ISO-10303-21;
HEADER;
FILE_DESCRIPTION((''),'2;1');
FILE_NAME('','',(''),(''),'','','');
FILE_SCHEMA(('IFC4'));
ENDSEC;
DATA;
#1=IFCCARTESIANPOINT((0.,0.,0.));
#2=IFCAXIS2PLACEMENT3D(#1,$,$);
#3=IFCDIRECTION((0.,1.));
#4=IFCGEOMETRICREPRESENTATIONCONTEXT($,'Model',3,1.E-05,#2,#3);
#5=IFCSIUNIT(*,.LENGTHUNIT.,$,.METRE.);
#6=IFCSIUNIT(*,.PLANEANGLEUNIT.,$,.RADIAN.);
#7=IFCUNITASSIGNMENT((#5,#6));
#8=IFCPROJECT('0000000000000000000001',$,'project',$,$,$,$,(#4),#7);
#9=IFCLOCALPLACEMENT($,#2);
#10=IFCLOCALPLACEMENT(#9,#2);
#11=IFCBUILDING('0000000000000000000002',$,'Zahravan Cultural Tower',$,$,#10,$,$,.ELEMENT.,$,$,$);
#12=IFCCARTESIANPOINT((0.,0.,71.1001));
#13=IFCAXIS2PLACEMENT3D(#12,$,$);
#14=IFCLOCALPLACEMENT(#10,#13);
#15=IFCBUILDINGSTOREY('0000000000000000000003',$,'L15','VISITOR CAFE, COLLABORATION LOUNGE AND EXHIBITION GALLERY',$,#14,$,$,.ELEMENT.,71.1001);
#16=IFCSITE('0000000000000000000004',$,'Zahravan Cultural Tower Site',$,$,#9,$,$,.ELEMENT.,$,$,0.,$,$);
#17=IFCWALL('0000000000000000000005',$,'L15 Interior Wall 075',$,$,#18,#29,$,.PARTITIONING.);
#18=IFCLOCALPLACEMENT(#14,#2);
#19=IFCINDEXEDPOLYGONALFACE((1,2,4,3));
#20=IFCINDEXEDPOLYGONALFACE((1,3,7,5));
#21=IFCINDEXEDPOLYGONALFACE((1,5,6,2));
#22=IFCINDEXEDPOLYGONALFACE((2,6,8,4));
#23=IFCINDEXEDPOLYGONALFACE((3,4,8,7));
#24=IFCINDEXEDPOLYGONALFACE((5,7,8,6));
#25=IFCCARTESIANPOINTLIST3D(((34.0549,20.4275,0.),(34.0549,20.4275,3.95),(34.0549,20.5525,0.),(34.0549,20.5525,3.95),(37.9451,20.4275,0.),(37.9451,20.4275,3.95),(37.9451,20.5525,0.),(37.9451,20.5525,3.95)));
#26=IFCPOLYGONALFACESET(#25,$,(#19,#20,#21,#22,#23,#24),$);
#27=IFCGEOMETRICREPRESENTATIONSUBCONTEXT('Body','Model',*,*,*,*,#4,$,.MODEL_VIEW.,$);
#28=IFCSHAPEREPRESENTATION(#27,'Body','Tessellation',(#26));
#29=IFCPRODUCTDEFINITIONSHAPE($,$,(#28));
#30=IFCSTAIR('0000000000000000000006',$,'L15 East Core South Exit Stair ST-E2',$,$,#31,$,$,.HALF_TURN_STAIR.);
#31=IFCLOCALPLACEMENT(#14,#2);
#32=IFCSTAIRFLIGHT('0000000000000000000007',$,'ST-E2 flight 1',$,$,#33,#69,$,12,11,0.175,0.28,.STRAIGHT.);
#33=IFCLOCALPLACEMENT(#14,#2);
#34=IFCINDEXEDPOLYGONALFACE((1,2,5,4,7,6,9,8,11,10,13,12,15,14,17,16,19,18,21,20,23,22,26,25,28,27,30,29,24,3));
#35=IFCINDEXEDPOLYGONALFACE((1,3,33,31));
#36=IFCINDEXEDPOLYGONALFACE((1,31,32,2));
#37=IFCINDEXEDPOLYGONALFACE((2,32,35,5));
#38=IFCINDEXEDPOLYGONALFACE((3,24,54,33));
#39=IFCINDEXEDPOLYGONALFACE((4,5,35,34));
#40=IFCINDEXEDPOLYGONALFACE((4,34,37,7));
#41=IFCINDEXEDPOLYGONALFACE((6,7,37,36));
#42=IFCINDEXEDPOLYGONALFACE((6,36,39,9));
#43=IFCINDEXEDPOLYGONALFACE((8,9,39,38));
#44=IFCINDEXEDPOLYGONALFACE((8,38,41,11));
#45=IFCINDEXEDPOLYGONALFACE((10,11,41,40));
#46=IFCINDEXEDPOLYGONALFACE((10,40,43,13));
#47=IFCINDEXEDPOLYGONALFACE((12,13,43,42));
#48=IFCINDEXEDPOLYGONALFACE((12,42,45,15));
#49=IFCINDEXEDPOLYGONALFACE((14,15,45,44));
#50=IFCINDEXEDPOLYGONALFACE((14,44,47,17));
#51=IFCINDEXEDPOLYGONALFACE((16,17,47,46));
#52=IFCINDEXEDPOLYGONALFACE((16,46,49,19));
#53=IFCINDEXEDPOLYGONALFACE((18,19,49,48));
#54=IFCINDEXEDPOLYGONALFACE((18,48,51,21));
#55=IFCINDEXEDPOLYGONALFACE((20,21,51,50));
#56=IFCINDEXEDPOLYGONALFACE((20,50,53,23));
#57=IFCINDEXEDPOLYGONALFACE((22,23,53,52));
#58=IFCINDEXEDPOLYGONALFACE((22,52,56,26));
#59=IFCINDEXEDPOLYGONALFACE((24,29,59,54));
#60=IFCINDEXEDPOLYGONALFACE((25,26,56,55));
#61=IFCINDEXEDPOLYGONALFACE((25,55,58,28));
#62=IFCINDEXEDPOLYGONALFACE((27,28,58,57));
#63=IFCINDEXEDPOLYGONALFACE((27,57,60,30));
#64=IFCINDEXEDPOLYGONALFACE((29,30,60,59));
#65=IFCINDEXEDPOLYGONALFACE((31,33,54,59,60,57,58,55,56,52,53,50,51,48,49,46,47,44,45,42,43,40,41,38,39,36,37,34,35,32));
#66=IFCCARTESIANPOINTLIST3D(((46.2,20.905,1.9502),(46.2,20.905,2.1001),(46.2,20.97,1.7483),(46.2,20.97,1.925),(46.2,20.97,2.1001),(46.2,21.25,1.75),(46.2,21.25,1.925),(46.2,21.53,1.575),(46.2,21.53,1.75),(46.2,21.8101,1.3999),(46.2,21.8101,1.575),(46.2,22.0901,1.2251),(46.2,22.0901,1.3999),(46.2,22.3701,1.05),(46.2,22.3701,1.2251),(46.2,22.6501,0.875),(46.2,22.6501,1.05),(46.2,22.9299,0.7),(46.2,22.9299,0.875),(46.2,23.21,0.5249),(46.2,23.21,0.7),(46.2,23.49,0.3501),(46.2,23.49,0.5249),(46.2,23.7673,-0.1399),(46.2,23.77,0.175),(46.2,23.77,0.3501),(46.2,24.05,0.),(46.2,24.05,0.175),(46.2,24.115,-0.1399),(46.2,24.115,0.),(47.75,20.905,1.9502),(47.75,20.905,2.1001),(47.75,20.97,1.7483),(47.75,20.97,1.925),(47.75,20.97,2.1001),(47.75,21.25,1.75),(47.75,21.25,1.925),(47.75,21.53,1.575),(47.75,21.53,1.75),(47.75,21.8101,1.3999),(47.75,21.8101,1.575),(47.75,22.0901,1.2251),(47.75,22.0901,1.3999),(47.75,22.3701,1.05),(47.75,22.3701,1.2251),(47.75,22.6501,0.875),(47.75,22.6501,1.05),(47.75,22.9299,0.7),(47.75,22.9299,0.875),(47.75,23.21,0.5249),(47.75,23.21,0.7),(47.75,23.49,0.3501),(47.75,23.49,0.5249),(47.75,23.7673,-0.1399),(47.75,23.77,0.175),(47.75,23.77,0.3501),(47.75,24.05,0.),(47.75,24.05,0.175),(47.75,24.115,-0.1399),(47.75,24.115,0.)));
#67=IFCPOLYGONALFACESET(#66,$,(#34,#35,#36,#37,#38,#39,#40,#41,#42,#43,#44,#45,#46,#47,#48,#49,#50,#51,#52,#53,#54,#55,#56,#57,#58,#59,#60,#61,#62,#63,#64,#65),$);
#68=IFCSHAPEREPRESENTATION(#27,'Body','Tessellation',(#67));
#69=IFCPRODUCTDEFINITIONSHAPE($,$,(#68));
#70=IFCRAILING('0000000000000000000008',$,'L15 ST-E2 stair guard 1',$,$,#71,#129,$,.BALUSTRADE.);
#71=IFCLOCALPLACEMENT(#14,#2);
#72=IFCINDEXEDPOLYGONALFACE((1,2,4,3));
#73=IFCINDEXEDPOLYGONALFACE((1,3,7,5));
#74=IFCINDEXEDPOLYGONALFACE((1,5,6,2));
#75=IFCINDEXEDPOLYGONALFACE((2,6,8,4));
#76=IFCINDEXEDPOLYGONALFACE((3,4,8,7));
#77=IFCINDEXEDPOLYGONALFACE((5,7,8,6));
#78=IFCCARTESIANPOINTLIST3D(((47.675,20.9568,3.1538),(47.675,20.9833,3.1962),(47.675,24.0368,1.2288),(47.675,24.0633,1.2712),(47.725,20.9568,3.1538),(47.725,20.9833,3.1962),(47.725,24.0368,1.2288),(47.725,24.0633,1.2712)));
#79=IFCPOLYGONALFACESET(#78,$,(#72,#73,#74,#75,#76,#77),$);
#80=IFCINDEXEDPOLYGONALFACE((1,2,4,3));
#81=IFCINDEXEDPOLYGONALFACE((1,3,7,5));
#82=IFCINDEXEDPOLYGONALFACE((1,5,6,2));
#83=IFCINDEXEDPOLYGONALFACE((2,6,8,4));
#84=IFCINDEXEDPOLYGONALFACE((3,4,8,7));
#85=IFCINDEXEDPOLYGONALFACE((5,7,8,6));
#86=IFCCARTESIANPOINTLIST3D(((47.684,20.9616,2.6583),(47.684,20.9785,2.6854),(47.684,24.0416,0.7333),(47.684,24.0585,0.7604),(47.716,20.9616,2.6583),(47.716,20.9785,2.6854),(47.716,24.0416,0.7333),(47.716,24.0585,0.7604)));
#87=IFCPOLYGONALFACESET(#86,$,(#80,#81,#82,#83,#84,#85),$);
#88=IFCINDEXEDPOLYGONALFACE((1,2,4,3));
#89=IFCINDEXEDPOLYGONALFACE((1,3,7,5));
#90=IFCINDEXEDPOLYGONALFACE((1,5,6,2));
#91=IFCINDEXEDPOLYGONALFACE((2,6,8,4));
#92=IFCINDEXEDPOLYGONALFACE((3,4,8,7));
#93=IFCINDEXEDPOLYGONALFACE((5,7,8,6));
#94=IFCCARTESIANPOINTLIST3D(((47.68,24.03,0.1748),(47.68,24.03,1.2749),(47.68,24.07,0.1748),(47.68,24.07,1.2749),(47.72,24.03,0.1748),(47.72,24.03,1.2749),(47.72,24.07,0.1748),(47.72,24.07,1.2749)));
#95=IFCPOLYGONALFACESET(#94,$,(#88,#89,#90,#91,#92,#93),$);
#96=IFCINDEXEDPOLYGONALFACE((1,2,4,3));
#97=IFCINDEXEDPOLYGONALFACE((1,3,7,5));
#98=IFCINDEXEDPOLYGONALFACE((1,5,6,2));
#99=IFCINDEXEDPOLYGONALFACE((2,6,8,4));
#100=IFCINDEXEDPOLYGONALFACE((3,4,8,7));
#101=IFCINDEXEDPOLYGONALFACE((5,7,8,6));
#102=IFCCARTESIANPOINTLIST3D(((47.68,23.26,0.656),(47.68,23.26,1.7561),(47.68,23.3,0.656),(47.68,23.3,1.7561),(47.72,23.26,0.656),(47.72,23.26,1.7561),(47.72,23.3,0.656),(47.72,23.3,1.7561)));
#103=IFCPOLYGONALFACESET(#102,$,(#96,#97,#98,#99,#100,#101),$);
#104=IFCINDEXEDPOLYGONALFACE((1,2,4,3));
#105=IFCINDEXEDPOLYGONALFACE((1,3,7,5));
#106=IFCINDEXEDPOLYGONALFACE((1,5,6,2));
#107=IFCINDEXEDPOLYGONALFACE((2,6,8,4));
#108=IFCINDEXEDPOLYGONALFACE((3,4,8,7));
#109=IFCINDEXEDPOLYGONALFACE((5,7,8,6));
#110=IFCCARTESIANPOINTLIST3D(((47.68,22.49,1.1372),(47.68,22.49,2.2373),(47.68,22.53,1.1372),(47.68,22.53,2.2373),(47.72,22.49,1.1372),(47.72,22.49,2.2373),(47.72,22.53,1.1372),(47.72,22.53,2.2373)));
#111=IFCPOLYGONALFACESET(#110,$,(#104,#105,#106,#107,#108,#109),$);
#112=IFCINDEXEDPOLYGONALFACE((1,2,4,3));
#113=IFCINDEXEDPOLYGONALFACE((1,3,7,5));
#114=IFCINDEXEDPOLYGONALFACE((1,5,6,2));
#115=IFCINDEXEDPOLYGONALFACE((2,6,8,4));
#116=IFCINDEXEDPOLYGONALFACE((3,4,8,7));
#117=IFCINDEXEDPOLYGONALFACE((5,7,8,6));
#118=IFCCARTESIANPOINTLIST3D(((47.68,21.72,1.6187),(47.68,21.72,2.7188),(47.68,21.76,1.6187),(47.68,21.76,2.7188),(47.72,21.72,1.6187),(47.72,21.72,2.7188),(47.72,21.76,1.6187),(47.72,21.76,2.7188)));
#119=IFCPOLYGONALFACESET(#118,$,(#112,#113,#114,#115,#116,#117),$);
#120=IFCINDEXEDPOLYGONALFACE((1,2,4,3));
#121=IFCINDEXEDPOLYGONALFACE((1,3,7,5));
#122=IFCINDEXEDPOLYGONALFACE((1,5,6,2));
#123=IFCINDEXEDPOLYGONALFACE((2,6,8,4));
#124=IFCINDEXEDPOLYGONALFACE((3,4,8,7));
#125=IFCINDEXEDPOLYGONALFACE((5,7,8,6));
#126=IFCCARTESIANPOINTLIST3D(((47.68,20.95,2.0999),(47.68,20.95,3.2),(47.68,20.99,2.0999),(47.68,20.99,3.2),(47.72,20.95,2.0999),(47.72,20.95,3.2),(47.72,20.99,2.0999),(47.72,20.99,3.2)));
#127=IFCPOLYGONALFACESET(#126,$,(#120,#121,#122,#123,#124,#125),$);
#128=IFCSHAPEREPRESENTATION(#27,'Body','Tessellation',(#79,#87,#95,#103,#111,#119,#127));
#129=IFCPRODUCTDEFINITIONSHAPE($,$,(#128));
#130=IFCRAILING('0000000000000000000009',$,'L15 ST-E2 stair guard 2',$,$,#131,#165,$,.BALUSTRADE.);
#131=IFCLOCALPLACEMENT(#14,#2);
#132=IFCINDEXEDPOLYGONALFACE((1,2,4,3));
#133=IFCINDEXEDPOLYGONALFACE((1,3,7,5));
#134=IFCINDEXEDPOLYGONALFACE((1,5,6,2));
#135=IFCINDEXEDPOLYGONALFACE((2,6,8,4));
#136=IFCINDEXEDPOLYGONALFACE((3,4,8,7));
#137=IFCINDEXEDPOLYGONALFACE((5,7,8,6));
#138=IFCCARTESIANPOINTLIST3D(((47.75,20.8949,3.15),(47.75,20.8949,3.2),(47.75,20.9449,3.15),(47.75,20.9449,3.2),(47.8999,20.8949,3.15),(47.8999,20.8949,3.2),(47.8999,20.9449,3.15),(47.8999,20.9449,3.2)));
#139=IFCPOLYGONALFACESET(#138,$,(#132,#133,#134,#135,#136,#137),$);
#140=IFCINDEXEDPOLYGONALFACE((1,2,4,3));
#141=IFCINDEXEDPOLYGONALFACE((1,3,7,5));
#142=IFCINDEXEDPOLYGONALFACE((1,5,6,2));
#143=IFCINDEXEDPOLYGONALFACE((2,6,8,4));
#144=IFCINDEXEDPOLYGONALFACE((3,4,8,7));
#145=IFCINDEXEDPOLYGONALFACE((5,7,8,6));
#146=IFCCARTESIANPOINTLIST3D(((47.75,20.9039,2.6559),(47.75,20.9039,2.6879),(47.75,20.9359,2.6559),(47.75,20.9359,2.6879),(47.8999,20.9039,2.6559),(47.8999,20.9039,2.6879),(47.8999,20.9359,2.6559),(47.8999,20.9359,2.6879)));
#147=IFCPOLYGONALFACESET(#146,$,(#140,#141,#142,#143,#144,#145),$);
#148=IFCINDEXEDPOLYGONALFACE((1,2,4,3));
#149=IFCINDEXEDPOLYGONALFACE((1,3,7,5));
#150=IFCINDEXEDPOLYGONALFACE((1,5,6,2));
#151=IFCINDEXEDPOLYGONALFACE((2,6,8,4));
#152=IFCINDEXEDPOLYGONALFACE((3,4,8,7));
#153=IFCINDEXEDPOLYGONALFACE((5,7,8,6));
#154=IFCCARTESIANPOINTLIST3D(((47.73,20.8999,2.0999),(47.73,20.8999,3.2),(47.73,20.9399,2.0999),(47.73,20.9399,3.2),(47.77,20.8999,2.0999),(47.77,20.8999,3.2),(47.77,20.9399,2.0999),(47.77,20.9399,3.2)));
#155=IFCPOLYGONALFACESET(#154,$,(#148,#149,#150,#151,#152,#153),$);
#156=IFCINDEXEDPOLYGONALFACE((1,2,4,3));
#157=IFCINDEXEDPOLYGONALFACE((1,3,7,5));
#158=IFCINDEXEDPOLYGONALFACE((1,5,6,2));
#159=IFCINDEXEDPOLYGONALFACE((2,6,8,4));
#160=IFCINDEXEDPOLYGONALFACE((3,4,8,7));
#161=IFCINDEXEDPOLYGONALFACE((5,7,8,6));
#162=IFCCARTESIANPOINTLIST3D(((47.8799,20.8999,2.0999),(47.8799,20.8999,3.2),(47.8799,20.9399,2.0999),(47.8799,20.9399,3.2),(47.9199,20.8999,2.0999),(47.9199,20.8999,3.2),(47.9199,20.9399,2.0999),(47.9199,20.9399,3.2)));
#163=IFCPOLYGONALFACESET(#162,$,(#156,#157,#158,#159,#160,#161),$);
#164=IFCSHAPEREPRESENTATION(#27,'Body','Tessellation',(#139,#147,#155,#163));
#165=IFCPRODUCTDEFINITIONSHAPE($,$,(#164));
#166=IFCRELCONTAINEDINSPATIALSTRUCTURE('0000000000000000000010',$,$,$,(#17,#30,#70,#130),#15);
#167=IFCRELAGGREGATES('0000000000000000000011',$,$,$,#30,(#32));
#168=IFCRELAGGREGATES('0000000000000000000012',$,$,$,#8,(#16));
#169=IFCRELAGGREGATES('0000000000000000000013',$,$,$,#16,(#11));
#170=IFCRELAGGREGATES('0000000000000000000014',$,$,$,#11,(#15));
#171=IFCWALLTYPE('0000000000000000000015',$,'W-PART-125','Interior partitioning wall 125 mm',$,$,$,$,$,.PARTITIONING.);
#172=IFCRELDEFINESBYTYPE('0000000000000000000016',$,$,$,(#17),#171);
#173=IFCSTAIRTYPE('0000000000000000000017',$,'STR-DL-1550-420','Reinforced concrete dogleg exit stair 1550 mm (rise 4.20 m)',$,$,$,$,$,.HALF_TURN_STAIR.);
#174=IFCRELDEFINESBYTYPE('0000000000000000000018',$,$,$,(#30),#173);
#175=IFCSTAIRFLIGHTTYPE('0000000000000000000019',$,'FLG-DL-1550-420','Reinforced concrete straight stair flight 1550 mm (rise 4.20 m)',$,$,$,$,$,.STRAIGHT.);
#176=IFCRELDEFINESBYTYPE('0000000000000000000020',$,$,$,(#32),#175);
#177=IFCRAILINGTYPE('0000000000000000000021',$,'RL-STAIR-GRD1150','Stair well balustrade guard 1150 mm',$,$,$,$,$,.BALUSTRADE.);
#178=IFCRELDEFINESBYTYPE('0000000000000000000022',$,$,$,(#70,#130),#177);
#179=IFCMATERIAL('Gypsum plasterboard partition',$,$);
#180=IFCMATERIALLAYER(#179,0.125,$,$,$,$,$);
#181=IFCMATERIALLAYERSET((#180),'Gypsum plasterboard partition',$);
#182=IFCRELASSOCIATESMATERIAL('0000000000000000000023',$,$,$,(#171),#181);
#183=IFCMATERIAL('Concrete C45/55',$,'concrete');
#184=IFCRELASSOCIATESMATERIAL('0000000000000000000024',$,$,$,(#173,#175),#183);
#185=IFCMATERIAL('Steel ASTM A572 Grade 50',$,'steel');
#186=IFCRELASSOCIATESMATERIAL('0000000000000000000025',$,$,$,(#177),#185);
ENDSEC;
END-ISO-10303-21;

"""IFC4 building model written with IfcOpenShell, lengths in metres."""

from ifc_helpers import new_model, si_unit, direction, frame, frame_2d, origin, origin_2d, place, context, subcontext, project, spatial, polyline, rectangle, outline, extrude, source, transform, mapped, material, layer, layer_set, type_object, element, aggregate, save


model = new_model("IFC4")

# Units and contexts
model_context = context("Model", 3, precision=1e-05, world=origin(), true_north=direction((0.0, 1.0)))
body_context = subcontext(model_context, "Body", "Model", "MODEL_VIEW")
ifc_project = project(units=[si_unit("LENGTHUNIT", "METRE"), si_unit("PLANEANGLEUNIT", "RADIAN")], contexts=[model_context])

# Site, building, storey
site_placement = place(None, origin())
site = spatial("IfcSite", under=ifc_project, at=site_placement, Name="Zahravan Cultural Tower Site", CompositionType="ELEMENT", RefElevation=0.0)
building_placement = place(site_placement, origin())
building = spatial("IfcBuilding", under=site, at=building_placement, Name="Zahravan Cultural Tower", CompositionType="ELEMENT")
storey_placement = place(building_placement, frame((0.0, 0.0, 71.1001)))
storey = spatial("IfcBuildingStorey", under=building, at=storey_placement, Name="L15", Description="VISITOR CAFE, COLLABORATION LOUNGE AND EXHIBITION GALLERY", CompositionType="ELEMENT", Elevation=71.1001)

# Shared definitions
ifc_material_1 = material(Name="Concrete C45/55", Category="concrete")
ifc_material_2 = material(Name="Steel ASTM A572 Grade 50", Category="steel")

# Wall
ifc_material_3 = material(Name="Gypsum plasterboard partition")
ifc_layer_1 = layer(ifc_material_3, 0.125)
ifc_layer_set_1 = layer_set([ifc_layer_1], Name="Gypsum plasterboard partition")
wall_type_1 = type_object("IfcWallType", Name="W-PART-125", Description="Interior partitioning wall 125 mm", PredefinedType="PARTITIONING", material=ifc_layer_set_1)
shared_shape_1 = source(origin(), body_context, "Body", "SweptSolid", [
    extrude(rectangle(XDim=3.8901, YDim=0.125, at=frame_2d((1.9451, 0.0))), origin(), (0.0, 0.0, 1.0), 3.95),
])
wall_1_placement = place(storey_placement, frame((37.9451, 20.49, 0.0), z_axis=(0.0, 0.0, 1.0), x_axis=(-1.0, 0.0, 0.0)))
element("IfcWall", 1, at=wall_1_placement, inside=storey, type_object=wall_type_1, Name="L15 Interior Wall 075", PredefinedType="PARTITIONING", context=body_context, shape_type="MappedRepresentation", body=[
    mapped(shared_shape_1, transform((0.0, 0.0, 0.0), x_axis=(1.0, 0.0, 0.0), y_axis=(0.0, 1.0, 0.0), z_axis=(0.0, 0.0, 1.0), scale=1.0)),
])

# Stair, stair flight
stair_type = type_object("IfcStairType", Name="STR-DL-1550-420", Description="Reinforced concrete dogleg exit stair 1550 mm (rise 4.20 m)", PredefinedType="HALF_TURN_STAIR", material=ifc_material_1)
stair_placement = place(storey_placement, origin())
stair = element("IfcStair", 2, at=stair_placement, inside=storey, type_object=stair_type, Name="L15 East Core South Exit Stair ST-E2", PredefinedType="HALF_TURN_STAIR")
stair_flight_type = type_object("IfcStairFlightType", Name="FLG-DL-1550-420", Description="Reinforced concrete straight stair flight 1550 mm (rise 4.20 m)", PredefinedType="STRAIGHT", material=ifc_material_1)
stair_flight_placement = place(storey_placement, frame((46.9751, 24.05, 0.0), z_axis=(0.0, 0.0, 1.0), x_axis=(0.0, -1.0, 0.0)))
stair_flight = element("IfcStairFlight", 3, at=stair_flight_placement, type_object=stair_flight_type, Name="ST-E2 flight 1", NumberOfRisers=12, NumberOfTreads=11, PredefinedType="STRAIGHT", RiserHeight=0.175, TreadLength=0.28, context=body_context, shape_type="SweptSolid", body=[
    extrude(outline(polyline([(-0.0649, -0.1399), (-0.0649, 0.0), (0.0, 0.0), (0.0, 0.175), (0.28, 0.175), (0.28, 0.3501), (0.5601, 0.3501), (0.5601, 0.5249), (0.8401, 0.5249), (0.8401, 0.7), (1.1201, 0.7), (1.1201, 0.875), (1.3999, 0.875), (1.3999, 1.05), (1.6799, 1.05), (1.6799, 1.2251), (1.96, 1.2251), (1.96, 1.3999), (2.24, 1.3999), (2.24, 1.575), (2.52, 1.575), (2.52, 1.75), (2.8, 1.75), (2.8, 1.925), (3.0801, 1.925), (3.0801, 2.1001), (3.145, 2.1001), (3.145, 1.9502), (3.0801, 1.7483), (0.2827, -0.1399), (-0.0649, -0.1399)])), frame((0.0, 0.7749, 0.0), z_axis=(0.0, -1.0, 0.0), x_axis=(1.0, 0.0, 0.0)), (0.0, 0.0, 1.0), 1.55),
])
aggregate(stair, [stair_flight])

# Railings
railing_type_1 = type_object("IfcRailingType", Name="RL-STAIR-GRD1150", Description="Stair well balustrade guard 1150 mm", PredefinedType="BALUSTRADE", material=ifc_material_2)
railing_1_placement = place(storey_placement, frame((47.7, 24.05, 0.1748)))
element("IfcRailing", 4, at=railing_1_placement, inside=storey, type_object=railing_type_1, Name="L15 ST-E2 stair guard 1", PredefinedType="BALUSTRADE", context=body_context, shape_type="SweptSolid", body=[
    extrude(rectangle(XDim=0.05, YDim=0.05, at=origin_2d()), frame((0.0, 0.0, 1.0752), z_axis=(0.0, -0.847998, 0.529999), x_axis=(1.0, 0.0, 0.0)), (0.0, 0.0, 1.0), 3.6321),
    extrude(rectangle(XDim=0.032, YDim=0.032, at=origin_2d()), frame((0.0, 0.0, 0.572), z_axis=(0.0, -0.847998, 0.529999), x_axis=(1.0, 0.0, 0.0)), (0.0, 0.0, 1.0), 3.6321),
    extrude(rectangle(XDim=0.04, YDim=0.04, at=origin_2d()), origin(), (0.0, 0.0, 1.0), 1.1001),
    extrude(rectangle(XDim=0.04, YDim=0.04, at=origin_2d()), frame((0.0, -0.77, 0.4812)), (0.0, 0.0, 1.0), 1.1001),
    extrude(rectangle(XDim=0.04, YDim=0.04, at=origin_2d()), frame((0.0, -1.54, 0.9624)), (0.0, 0.0, 1.0), 1.1001),
    extrude(rectangle(XDim=0.04, YDim=0.04, at=origin_2d()), frame((0.0, -2.3101, 1.4438)), (0.0, 0.0, 1.0), 1.1001),
    extrude(rectangle(XDim=0.04, YDim=0.04, at=origin_2d()), frame((0.0, -3.0801, 1.925)), (0.0, 0.0, 1.0), 1.1001),
])
railing_2_placement = place(storey_placement, frame((47.75, 20.9199, 2.0999)))
element("IfcRailing", 5, at=railing_2_placement, inside=storey, type_object=railing_type_1, Name="L15 ST-E2 stair guard 2", PredefinedType="BALUSTRADE", context=body_context, shape_type="SweptSolid", body=[
    extrude(rectangle(XDim=0.05, YDim=0.05, at=origin_2d()), frame((0.0, 0.0, 1.0752), z_axis=(1.0, 0.0, 0.0), x_axis=(0.0, 1.0, 0.0)), (0.0, 0.0, 1.0), 0.1499),
    extrude(rectangle(XDim=0.032, YDim=0.032, at=origin_2d()), frame((0.0, 0.0, 0.572), z_axis=(1.0, 0.0, 0.0), x_axis=(0.0, 1.0, 0.0)), (0.0, 0.0, 1.0), 0.1499),
    extrude(rectangle(XDim=0.04, YDim=0.04, at=origin_2d()), origin(), (0.0, 0.0, 1.0), 1.1001),
    extrude(rectangle(XDim=0.04, YDim=0.04, at=origin_2d()), frame((0.1499, 0.0, 0.0)), (0.0, 0.0, 1.0), 1.1001),
])

save(model, "model.ifc")
